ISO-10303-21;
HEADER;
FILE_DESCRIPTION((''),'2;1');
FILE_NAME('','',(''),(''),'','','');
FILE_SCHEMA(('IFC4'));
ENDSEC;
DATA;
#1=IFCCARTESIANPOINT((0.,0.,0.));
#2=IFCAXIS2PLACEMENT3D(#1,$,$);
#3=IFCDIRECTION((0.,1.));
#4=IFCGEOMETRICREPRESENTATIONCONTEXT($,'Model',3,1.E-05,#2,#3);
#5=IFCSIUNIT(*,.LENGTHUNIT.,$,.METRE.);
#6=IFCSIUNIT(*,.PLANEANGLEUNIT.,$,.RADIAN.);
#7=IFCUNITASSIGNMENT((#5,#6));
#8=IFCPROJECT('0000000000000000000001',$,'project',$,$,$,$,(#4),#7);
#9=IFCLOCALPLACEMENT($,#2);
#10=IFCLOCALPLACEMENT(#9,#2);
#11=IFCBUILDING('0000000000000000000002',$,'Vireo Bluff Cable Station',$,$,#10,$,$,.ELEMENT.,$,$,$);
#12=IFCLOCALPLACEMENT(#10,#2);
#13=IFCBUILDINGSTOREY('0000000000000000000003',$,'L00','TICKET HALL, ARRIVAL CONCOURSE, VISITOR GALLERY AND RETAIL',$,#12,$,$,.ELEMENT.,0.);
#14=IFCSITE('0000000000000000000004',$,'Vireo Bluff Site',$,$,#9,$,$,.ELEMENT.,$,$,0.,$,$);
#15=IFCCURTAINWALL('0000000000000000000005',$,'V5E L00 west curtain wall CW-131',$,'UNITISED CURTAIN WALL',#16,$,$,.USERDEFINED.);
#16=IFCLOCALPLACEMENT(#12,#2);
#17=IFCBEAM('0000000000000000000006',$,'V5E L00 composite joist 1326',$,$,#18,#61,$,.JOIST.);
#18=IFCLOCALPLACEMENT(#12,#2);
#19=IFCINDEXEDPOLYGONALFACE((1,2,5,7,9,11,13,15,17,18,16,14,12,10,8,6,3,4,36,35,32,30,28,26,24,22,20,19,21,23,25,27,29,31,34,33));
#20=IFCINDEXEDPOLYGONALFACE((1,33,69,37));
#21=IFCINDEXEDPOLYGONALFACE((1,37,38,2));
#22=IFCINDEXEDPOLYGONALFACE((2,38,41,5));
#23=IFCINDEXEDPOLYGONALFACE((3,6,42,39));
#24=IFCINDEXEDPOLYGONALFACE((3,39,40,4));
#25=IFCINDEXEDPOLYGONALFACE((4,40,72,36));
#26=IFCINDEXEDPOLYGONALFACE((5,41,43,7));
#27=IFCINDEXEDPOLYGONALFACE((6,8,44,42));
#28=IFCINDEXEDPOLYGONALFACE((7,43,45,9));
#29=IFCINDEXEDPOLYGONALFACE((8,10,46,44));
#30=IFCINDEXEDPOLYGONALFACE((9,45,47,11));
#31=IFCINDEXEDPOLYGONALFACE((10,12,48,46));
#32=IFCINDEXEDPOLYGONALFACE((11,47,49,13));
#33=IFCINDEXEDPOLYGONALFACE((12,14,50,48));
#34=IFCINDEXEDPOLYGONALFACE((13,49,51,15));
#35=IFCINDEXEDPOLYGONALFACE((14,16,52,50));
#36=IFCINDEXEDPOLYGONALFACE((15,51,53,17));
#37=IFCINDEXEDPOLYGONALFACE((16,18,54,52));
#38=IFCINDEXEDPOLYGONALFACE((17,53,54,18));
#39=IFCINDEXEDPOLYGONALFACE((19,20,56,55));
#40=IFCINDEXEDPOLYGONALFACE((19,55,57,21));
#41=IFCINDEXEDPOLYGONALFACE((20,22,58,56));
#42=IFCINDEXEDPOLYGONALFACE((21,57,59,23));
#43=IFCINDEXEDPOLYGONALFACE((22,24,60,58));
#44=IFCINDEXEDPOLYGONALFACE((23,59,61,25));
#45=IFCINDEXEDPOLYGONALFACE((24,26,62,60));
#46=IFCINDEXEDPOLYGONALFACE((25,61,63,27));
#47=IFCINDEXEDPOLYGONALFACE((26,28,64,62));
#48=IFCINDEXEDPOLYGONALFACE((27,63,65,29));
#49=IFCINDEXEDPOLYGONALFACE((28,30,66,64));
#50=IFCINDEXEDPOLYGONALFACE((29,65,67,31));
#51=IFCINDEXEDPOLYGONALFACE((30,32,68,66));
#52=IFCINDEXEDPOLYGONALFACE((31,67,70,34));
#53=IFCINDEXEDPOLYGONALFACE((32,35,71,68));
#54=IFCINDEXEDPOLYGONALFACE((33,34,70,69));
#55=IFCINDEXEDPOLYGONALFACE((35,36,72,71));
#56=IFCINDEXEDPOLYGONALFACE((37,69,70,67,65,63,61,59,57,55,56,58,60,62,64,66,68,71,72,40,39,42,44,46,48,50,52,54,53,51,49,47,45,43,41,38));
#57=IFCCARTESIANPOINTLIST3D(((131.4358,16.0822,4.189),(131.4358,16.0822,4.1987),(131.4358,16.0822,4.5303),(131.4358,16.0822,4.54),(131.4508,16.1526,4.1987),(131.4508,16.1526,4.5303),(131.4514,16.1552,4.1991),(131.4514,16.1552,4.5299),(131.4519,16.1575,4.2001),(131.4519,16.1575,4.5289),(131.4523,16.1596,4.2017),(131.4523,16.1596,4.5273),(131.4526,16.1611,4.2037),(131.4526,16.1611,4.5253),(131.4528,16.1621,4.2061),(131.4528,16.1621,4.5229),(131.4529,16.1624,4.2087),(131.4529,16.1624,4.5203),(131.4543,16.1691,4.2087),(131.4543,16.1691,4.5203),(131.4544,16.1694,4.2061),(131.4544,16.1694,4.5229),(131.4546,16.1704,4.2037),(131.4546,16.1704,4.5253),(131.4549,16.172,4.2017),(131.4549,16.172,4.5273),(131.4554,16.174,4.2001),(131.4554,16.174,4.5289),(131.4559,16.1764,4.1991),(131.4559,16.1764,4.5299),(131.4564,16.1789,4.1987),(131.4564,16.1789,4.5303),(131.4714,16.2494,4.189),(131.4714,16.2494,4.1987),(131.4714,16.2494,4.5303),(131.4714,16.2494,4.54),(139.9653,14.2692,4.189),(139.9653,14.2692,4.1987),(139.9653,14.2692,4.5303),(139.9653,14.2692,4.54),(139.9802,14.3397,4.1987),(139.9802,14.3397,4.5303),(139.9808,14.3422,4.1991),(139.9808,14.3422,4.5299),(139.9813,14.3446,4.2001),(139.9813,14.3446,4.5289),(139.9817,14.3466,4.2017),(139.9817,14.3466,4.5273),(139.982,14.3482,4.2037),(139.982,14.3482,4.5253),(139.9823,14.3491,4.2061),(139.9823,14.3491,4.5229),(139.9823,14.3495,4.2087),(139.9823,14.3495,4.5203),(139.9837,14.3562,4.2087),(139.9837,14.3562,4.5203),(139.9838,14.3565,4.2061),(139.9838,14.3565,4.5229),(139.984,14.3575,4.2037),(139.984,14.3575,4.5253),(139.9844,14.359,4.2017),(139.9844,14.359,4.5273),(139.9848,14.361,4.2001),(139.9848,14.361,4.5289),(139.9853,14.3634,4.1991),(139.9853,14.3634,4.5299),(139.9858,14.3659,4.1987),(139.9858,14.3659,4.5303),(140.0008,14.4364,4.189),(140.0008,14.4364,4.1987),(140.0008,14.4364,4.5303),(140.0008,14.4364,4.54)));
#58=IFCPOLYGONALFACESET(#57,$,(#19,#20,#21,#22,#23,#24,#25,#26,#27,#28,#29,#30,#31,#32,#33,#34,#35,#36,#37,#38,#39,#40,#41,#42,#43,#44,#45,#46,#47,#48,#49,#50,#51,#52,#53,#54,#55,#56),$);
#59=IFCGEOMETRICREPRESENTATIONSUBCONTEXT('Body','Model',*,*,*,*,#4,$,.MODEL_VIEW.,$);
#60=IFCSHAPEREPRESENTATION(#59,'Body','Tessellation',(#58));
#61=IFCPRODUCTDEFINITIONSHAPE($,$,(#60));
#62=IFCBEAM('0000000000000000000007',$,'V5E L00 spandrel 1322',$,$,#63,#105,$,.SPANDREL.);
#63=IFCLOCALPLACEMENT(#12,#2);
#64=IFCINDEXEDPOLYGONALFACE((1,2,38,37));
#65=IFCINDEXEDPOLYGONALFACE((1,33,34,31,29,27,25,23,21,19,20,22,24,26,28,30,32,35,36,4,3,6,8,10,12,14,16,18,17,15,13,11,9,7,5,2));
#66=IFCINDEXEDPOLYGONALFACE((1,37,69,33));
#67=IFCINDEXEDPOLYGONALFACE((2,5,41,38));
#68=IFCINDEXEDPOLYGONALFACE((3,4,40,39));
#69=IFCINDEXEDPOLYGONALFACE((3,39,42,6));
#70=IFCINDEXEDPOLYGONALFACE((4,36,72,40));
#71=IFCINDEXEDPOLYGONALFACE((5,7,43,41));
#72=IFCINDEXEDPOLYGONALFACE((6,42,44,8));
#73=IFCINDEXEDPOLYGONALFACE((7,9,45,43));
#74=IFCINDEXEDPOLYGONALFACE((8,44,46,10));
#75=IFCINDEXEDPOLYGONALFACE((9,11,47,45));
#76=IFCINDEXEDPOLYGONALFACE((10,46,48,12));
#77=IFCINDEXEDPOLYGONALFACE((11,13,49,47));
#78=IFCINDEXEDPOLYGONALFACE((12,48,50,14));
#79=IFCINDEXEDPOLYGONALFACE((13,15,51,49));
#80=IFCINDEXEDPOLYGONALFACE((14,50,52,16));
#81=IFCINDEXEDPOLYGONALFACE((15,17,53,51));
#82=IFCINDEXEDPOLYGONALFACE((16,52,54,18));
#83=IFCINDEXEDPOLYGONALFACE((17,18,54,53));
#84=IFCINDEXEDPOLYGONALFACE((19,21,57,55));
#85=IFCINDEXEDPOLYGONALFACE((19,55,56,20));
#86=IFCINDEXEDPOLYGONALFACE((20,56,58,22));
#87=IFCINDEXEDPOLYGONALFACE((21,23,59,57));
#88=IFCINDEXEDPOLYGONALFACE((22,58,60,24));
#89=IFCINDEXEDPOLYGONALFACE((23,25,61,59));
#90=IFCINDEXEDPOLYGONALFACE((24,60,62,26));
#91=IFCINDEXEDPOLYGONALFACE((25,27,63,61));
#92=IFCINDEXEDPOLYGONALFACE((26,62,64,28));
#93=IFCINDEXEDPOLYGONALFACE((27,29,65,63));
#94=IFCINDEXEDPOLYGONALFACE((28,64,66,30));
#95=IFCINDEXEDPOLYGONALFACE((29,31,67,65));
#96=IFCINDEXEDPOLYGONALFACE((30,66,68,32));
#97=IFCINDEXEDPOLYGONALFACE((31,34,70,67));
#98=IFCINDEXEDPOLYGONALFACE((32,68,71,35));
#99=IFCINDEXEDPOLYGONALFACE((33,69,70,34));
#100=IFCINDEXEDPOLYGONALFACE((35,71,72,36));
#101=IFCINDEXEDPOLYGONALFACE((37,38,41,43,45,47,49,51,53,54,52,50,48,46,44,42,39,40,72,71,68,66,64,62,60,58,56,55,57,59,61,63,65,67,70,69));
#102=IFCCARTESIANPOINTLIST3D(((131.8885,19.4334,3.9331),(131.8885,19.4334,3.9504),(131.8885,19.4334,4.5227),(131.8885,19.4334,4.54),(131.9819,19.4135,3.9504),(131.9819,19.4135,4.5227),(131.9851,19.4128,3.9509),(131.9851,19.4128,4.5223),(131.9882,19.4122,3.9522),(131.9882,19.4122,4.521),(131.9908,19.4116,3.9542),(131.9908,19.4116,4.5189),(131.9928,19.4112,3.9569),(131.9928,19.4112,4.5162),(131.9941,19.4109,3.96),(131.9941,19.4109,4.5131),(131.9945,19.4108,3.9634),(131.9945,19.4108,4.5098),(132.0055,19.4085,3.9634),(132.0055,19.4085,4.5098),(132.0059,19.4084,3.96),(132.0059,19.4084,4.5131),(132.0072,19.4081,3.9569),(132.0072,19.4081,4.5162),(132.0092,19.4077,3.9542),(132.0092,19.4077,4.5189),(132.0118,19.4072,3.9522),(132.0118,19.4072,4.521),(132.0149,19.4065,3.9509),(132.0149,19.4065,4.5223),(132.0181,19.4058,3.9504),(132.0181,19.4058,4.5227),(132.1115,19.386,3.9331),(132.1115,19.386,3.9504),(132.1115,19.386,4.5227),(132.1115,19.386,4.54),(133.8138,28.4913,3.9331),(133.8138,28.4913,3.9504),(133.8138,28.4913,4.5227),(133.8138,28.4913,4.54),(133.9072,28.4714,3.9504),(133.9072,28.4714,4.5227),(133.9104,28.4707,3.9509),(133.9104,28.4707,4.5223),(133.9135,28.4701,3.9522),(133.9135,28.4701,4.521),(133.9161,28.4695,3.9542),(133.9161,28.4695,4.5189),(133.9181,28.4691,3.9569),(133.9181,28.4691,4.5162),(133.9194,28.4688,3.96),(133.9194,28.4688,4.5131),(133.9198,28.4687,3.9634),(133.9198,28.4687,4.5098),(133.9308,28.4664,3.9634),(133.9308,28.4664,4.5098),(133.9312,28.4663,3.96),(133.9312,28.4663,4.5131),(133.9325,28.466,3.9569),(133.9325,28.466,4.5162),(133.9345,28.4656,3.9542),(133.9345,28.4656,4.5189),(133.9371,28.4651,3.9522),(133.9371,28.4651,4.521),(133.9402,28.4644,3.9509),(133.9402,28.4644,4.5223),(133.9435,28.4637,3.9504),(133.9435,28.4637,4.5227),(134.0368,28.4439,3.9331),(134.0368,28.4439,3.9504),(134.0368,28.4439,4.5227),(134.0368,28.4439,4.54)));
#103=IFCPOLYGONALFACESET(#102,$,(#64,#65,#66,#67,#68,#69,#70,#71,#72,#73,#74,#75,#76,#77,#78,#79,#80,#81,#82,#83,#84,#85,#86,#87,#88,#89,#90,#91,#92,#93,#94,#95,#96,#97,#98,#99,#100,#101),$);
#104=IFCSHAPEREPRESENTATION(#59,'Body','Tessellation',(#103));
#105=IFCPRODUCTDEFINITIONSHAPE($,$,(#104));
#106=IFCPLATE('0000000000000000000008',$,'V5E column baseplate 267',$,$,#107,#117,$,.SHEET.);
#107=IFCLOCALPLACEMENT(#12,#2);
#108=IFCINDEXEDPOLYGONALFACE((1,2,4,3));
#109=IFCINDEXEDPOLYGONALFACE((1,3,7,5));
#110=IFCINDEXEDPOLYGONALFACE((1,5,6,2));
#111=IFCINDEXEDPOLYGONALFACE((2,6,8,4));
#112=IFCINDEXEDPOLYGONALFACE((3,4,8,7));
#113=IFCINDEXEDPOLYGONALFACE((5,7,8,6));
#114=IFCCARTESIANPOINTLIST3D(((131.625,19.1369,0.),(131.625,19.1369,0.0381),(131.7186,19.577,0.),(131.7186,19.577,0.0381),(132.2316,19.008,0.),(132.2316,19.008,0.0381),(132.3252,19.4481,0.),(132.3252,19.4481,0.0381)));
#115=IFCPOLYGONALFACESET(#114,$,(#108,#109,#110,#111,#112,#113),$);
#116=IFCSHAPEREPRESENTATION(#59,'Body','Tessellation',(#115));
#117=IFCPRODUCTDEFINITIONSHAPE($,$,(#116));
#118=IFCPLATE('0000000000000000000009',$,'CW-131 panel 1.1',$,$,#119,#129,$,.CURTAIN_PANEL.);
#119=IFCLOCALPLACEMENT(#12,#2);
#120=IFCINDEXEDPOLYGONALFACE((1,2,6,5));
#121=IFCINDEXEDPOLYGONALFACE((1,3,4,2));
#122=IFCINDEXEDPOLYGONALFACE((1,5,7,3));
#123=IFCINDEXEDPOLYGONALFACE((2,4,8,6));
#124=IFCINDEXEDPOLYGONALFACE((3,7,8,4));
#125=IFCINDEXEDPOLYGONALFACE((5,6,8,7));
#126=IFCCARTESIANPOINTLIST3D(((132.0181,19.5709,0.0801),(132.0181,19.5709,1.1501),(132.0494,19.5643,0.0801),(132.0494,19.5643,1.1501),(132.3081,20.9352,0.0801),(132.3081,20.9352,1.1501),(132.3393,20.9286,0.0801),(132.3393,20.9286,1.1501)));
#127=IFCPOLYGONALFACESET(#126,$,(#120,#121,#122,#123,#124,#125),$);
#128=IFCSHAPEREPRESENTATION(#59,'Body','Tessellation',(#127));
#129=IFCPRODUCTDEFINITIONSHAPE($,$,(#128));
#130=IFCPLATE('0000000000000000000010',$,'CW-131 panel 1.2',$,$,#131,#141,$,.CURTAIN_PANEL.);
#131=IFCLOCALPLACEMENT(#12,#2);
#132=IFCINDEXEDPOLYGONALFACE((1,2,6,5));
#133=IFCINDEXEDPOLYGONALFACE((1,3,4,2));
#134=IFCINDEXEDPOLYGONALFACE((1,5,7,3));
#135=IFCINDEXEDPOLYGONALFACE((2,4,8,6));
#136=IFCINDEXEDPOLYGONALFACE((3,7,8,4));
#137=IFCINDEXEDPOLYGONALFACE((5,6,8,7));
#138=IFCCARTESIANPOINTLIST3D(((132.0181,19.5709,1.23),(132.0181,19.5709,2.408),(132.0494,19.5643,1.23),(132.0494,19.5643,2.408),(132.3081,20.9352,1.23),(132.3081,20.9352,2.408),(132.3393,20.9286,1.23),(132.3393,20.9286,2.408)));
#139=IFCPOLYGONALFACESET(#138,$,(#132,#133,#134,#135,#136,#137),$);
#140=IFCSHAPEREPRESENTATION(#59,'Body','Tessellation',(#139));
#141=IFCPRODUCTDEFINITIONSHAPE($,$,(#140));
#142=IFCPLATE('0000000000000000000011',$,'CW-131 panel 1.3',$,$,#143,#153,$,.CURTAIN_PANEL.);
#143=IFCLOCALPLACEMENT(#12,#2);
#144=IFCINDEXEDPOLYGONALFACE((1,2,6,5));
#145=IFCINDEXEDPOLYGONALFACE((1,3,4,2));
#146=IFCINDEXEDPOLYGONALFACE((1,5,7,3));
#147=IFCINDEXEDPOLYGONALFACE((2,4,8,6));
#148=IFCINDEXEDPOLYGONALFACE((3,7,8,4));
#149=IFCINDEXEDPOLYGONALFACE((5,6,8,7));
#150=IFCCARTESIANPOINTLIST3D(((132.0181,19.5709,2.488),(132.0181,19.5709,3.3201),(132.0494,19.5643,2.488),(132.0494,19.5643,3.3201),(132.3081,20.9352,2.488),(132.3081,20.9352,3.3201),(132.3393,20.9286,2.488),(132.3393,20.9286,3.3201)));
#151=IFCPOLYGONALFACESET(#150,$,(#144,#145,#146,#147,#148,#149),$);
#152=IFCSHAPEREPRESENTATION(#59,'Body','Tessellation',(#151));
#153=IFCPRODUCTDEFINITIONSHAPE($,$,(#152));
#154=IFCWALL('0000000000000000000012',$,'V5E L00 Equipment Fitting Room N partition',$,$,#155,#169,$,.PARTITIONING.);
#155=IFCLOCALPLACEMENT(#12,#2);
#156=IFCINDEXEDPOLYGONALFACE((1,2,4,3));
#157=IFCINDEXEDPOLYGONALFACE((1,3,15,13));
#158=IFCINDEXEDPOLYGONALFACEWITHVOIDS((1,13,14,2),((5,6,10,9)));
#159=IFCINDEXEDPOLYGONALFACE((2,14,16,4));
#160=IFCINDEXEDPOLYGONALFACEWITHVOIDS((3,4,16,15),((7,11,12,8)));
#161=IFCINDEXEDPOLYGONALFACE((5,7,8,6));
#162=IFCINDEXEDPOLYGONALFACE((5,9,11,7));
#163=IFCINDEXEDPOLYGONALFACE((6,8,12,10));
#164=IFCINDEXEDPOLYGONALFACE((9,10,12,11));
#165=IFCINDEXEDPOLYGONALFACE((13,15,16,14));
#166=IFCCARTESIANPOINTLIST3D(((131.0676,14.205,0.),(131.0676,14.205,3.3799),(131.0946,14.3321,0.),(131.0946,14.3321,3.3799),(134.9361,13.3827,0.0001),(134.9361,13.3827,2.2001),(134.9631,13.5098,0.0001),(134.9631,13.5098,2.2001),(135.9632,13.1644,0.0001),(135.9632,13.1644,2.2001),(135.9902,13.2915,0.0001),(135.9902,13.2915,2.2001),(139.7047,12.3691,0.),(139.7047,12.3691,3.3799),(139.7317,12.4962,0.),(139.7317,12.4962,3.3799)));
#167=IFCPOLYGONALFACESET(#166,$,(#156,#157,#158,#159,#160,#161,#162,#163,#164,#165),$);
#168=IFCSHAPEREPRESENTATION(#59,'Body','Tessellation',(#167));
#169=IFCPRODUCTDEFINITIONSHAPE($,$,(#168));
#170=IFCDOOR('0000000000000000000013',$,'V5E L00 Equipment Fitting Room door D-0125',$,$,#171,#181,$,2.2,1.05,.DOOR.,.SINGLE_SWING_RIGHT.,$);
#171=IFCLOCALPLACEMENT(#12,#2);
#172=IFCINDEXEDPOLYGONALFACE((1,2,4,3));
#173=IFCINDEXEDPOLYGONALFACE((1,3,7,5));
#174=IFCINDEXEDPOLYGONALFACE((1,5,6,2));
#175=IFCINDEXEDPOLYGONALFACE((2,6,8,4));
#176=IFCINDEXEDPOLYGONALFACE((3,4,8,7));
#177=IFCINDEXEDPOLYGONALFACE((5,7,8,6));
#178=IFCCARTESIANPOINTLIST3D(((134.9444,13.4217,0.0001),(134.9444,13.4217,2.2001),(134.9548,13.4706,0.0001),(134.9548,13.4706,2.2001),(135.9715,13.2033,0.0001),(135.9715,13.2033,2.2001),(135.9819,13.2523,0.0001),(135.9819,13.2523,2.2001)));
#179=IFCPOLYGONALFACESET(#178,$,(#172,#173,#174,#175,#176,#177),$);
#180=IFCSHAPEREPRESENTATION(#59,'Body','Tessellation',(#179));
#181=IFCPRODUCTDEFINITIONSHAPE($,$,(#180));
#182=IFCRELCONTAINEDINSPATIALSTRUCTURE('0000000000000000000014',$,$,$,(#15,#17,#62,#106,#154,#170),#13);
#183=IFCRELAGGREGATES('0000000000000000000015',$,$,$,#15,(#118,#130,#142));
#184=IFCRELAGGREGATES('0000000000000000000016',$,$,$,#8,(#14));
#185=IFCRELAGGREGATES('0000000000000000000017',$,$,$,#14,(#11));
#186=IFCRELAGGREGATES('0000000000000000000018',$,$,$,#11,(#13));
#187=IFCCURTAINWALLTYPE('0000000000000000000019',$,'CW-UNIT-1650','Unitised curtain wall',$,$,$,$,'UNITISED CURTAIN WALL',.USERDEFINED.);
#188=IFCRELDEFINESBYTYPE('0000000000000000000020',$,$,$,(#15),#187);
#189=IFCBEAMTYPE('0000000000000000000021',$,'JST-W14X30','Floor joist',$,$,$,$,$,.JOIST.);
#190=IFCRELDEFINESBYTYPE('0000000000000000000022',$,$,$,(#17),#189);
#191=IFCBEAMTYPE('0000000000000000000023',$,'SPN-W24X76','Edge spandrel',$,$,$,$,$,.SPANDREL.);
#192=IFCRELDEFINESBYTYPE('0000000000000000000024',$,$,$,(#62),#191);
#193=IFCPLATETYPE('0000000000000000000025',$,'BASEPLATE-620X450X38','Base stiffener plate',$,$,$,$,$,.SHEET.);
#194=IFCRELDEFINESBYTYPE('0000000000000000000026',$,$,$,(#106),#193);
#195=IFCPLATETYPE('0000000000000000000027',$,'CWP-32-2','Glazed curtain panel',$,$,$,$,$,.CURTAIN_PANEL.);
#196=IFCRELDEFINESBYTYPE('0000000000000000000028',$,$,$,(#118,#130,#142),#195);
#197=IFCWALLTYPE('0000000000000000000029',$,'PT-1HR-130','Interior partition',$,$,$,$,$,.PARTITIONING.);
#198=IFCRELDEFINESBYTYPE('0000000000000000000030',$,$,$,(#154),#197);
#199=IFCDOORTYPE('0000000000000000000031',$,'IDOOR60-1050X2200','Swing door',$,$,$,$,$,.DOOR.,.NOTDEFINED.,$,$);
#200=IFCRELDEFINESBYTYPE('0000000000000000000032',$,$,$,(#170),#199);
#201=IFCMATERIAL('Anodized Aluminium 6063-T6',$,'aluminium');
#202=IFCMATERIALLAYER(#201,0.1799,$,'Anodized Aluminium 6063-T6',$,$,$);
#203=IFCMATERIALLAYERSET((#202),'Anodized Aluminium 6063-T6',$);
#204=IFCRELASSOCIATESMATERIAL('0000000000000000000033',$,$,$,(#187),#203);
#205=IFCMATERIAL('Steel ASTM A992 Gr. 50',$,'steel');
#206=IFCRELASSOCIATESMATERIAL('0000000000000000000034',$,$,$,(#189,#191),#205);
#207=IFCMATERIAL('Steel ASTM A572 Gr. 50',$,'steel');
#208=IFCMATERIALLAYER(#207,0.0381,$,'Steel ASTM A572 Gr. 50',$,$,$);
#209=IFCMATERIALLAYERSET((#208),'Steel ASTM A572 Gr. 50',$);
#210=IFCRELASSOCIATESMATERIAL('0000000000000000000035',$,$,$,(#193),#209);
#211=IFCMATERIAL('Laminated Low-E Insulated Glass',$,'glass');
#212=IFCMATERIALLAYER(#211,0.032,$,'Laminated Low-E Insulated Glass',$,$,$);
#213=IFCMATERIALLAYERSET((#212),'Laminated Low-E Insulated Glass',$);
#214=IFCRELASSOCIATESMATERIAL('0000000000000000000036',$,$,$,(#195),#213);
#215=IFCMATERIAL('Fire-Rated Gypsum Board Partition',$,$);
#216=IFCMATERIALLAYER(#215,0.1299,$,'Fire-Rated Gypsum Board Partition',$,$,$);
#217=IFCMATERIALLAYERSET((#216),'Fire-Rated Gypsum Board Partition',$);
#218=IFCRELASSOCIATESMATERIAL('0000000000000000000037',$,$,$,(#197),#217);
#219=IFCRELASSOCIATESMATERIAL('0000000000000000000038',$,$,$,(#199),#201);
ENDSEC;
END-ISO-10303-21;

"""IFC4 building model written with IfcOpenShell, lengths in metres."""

from ifc_helpers import new_model, si_unit, direction, frame, frame_2d, origin, origin_with_axes, origin_2d, place, context, subcontext, project, spatial, rectangle, i_section, extrude, material, layer, layer_set, material_profile, profile_set, type_object, element, fill, aggregate, save


model = new_model("IFC4")

# Units and contexts
model_context = context("Model", 3, precision=1e-05, world=origin(), true_north=direction((0.0, 1.0)))
body_context = subcontext(model_context, "Body", "Model", "MODEL_VIEW")
ifc_project = project(units=[si_unit("LENGTHUNIT", "METRE"), si_unit("PLANEANGLEUNIT", "RADIAN")], contexts=[model_context])

# Site, building, storey
site_placement = place(None, origin())
site = spatial("IfcSite", under=ifc_project, at=site_placement, Name="Vireo Bluff Site", CompositionType="ELEMENT", RefElevation=0.0)
building_placement = place(site_placement, origin())
building = spatial("IfcBuilding", under=site, at=building_placement, Name="Vireo Bluff Cable Station", CompositionType="ELEMENT")
storey_placement = place(building_placement, origin())
storey = spatial("IfcBuildingStorey", under=building, at=storey_placement, Name="L00", Description="TICKET HALL, ARRIVAL CONCOURSE, VISITOR GALLERY AND RETAIL", CompositionType="ELEMENT", Elevation=0.0)

# Shared definitions
ifc_material_1 = material(Name="Steel ASTM A992 Gr. 50", Category="steel")

# Curtain wall
ifc_material_2 = material(Name="Anodized Aluminium 6063-T6", Category="aluminium")
ifc_layer_1 = layer(ifc_material_2, 0.1799, Name="Anodized Aluminium 6063-T6")
ifc_layer_set_1 = layer_set([ifc_layer_1], Name="Anodized Aluminium 6063-T6")
curtain_wall_type = type_object("IfcCurtainWallType", Name="CW-UNIT-1650", Description="Unitised curtain wall", ElementType="UNITISED CURTAIN WALL", PredefinedType="USERDEFINED", material=ifc_layer_set_1)
curtain_wall_placement = place(storey_placement, origin())
curtain_wall = element("IfcCurtainWall", 1, at=curtain_wall_placement, inside=storey, type_object=curtain_wall_type, Name="V5E L00 west curtain wall CW-131", ObjectType="UNITISED CURTAIN WALL", PredefinedType="USERDEFINED")

# Beams
ifc_material_profile_1 = material_profile(ifc_material_1, i_section(OverallWidth=0.1709, OverallDepth=0.3511, WebThickness=0.0068, FlangeThickness=0.0098, FilletRadius=0.01, at=origin_2d()), Name="W14X30")
ifc_profile_set_1 = profile_set([ifc_material_profile_1], Name="Steel ASTM A992 Gr. 50")
beam_type_1 = type_object("IfcBeamType", Name="JST-W14X30", Description="Floor joist", PredefinedType="JOIST", material=ifc_profile_set_1)
beam_1_placement = place(storey_placement, frame((131.4536, 16.1658, 4.3645), z_axis=(0.978148, -0.207909, 0.0), x_axis=(0.207909, 0.978148, 0.0)))
element("IfcBeam", 2, at=beam_1_placement, inside=storey, type_object=beam_type_1, Name="V5E L00 composite joist 1326", PredefinedType="JOIST", context=body_context, shape_type="SweptSolid", body=[
    extrude(i_section(OverallWidth=0.1709, OverallDepth=0.3511, WebThickness=0.0068, FlangeThickness=0.0098, FilletRadius=0.01, at=origin_2d()), origin(), (0.0, 0.0, 1.0), 8.72),
])
ifc_material_profile_2 = material_profile(ifc_material_1, i_section(OverallWidth=0.228, OverallDepth=0.6069, WebThickness=0.0112, FlangeThickness=0.0173, FilletRadius=0.0129, at=origin_2d()), Name="W24X76")
ifc_profile_set_2 = profile_set([ifc_material_profile_2], Name="Steel ASTM A992 Gr. 50")
beam_type_2 = type_object("IfcBeamType", Name="SPN-W24X76", Description="Edge spandrel", PredefinedType="SPANDREL", material=ifc_profile_set_2)
beam_2_placement = place(storey_placement, frame((132.0, 19.4097, 4.2366), z_axis=(0.20791, 0.978148, 0.0), x_axis=(-0.978148, 0.20791, 0.0)))
element("IfcBeam", 3, at=beam_2_placement, inside=storey, type_object=beam_type_2, Name="V5E L00 spandrel 1322", PredefinedType="SPANDREL", context=body_context, shape_type="SweptSolid", body=[
    extrude(i_section(OverallWidth=0.228, OverallDepth=0.6069, WebThickness=0.0112, FlangeThickness=0.0173, FilletRadius=0.0129, at=origin_2d()), origin(), (0.0, 0.0, 1.0), 9.2603),
])

# Plates
ifc_material_3 = material(Name="Steel ASTM A572 Gr. 50", Category="steel")
ifc_layer_2 = layer(ifc_material_3, 0.0381, Name="Steel ASTM A572 Gr. 50")
ifc_layer_set_2 = layer_set([ifc_layer_2], Name="Steel ASTM A572 Gr. 50")
plate_type_1 = type_object("IfcPlateType", Name="BASEPLATE-620X450X38", Description="Base stiffener plate", PredefinedType="SHEET", material=ifc_layer_set_2)
plate_1_placement = place(storey_placement, frame((131.9751, 19.2925, 0.0), z_axis=(0.0, 0.0, 1.0), x_axis=(0.978148, -0.207912, 0.0)))
element("IfcPlate", 4, at=plate_1_placement, inside=storey, type_object=plate_type_1, Name="V5E column baseplate 267", PredefinedType="SHEET", context=body_context, shape_type="SweptSolid", body=[
    extrude(rectangle(XDim=0.6201, YDim=0.45, at=origin_2d()), origin(), (0.0, 0.0, 1.0), 0.0381),
])
ifc_material_4 = material(Name="Laminated Low-E Insulated Glass", Category="glass")
ifc_layer_3 = layer(ifc_material_4, 0.032, Name="Laminated Low-E Insulated Glass")
ifc_layer_set_3 = layer_set([ifc_layer_3], Name="Laminated Low-E Insulated Glass")
plate_type_2 = type_object("IfcPlateType", Name="CWP-32-2", Description="Glazed curtain panel", PredefinedType="CURTAIN_PANEL", material=ifc_layer_set_3)
plate_2_placement = place(storey_placement, frame((132.1787, 20.2498, 0.0801), z_axis=(0.0, 0.0, 1.0), x_axis=(0.207912, 0.978148, 0.0)))
plate_2 = element("IfcPlate", 5, at=plate_2_placement, type_object=plate_type_2, Name="CW-131 panel 1.1", PredefinedType="CURTAIN_PANEL", context=body_context, shape_type="SweptSolid", body=[
    extrude(rectangle(XDim=1.3948, YDim=0.032, at=origin_2d()), origin(), (0.0, 0.0, 1.0), 1.0701),
])
plate_3_placement = place(storey_placement, frame((132.1787, 20.2498, 1.23), z_axis=(0.0, 0.0, 1.0), x_axis=(0.207912, 0.978148, 0.0)))
plate_3 = element("IfcPlate", 6, at=plate_3_placement, type_object=plate_type_2, Name="CW-131 panel 1.2", PredefinedType="CURTAIN_PANEL", context=body_context, shape_type="SweptSolid", body=[
    extrude(rectangle(XDim=1.3948, YDim=0.032, at=origin_2d()), origin(), (0.0, 0.0, 1.0), 1.178),
])
plate_4_placement = place(storey_placement, frame((132.1787, 20.2498, 2.488), z_axis=(0.0, 0.0, 1.0), x_axis=(0.207912, 0.978148, 0.0)))
plate_4 = element("IfcPlate", 7, at=plate_4_placement, type_object=plate_type_2, Name="CW-131 panel 1.3", PredefinedType="CURTAIN_PANEL", context=body_context, shape_type="SweptSolid", body=[
    extrude(rectangle(XDim=1.3948, YDim=0.032, at=origin_2d()), origin(), (0.0, 0.0, 1.0), 0.832),
])
aggregate(curtain_wall, [plate_2, plate_3, plate_4])

# Wall, opening, door
ifc_material_5 = material(Name="Fire-Rated Gypsum Board Partition")
ifc_layer_4 = layer(ifc_material_5, 0.1299, Name="Fire-Rated Gypsum Board Partition")
ifc_layer_set_4 = layer_set([ifc_layer_4], Name="Fire-Rated Gypsum Board Partition")
wall_type = type_object("IfcWallType", Name="PT-1HR-130", Description="Interior partition", PredefinedType="PARTITIONING", material=ifc_layer_set_4)
wall_placement = place(storey_placement, frame((131.0811, 14.2686, 0.0), z_axis=(0.0, 0.0, 1.0), x_axis=(0.978147, -0.207916, 0.0)))
wall = element("IfcWall", 8, at=wall_placement, inside=storey, type_object=wall_type, Name="V5E L00 Equipment Fitting Room N partition", PredefinedType="PARTITIONING", context=body_context, shape_type="SweptSolid", body=[
    extrude(rectangle(XDim=8.8301, YDim=0.1299, at=frame_2d((4.415, 0.0))), origin(), (0.0, 0.0, 1.0), 3.3799),
])
opening_placement = place(wall_placement, frame((3.9551, 0.0, 0.0)))
opening = element("IfcOpeningElement", 9, at=opening_placement, cuts=wall, PredefinedType="OPENING", context=body_context, shape_type="SweptSolid", body=[
    extrude(rectangle(XDim=1.05, YDim=2.2, at=frame_2d((0.5249, 1.1001))), frame((0.0, 0.075, 0.0), z_axis=(0.0, -1.0, 0.0), x_axis=(1.0, 0.0, 0.0)), (0.0, 0.0, 1.0), 0.1499),
])
door_type = type_object("IfcDoorType", Name="IDOOR60-1050X2200", Description="Swing door", OperationType="NOTDEFINED", PredefinedType="DOOR", material=ifc_material_2)
door_placement = place(opening_placement, origin_with_axes())
door = element("IfcDoor", 10, at=door_placement, inside=storey, type_object=door_type, Name="V5E L00 Equipment Fitting Room door D-0125", OperationType="SINGLE_SWING_RIGHT", OverallHeight=2.2, OverallWidth=1.05, PredefinedType="DOOR", context=body_context, shape_type="SweptSolid", body=[
    extrude(rectangle(XDim=1.05, YDim=2.2, at=frame_2d((0.5249, 1.1001))), frame((0.0, 0.0249, 0.0), z_axis=(0.0, -1.0, 0.0), x_axis=(1.0, 0.0, 0.0)), (0.0, 0.0, 1.0), 0.05),
])
fill(opening, door)

save(model, "model.ifc")
